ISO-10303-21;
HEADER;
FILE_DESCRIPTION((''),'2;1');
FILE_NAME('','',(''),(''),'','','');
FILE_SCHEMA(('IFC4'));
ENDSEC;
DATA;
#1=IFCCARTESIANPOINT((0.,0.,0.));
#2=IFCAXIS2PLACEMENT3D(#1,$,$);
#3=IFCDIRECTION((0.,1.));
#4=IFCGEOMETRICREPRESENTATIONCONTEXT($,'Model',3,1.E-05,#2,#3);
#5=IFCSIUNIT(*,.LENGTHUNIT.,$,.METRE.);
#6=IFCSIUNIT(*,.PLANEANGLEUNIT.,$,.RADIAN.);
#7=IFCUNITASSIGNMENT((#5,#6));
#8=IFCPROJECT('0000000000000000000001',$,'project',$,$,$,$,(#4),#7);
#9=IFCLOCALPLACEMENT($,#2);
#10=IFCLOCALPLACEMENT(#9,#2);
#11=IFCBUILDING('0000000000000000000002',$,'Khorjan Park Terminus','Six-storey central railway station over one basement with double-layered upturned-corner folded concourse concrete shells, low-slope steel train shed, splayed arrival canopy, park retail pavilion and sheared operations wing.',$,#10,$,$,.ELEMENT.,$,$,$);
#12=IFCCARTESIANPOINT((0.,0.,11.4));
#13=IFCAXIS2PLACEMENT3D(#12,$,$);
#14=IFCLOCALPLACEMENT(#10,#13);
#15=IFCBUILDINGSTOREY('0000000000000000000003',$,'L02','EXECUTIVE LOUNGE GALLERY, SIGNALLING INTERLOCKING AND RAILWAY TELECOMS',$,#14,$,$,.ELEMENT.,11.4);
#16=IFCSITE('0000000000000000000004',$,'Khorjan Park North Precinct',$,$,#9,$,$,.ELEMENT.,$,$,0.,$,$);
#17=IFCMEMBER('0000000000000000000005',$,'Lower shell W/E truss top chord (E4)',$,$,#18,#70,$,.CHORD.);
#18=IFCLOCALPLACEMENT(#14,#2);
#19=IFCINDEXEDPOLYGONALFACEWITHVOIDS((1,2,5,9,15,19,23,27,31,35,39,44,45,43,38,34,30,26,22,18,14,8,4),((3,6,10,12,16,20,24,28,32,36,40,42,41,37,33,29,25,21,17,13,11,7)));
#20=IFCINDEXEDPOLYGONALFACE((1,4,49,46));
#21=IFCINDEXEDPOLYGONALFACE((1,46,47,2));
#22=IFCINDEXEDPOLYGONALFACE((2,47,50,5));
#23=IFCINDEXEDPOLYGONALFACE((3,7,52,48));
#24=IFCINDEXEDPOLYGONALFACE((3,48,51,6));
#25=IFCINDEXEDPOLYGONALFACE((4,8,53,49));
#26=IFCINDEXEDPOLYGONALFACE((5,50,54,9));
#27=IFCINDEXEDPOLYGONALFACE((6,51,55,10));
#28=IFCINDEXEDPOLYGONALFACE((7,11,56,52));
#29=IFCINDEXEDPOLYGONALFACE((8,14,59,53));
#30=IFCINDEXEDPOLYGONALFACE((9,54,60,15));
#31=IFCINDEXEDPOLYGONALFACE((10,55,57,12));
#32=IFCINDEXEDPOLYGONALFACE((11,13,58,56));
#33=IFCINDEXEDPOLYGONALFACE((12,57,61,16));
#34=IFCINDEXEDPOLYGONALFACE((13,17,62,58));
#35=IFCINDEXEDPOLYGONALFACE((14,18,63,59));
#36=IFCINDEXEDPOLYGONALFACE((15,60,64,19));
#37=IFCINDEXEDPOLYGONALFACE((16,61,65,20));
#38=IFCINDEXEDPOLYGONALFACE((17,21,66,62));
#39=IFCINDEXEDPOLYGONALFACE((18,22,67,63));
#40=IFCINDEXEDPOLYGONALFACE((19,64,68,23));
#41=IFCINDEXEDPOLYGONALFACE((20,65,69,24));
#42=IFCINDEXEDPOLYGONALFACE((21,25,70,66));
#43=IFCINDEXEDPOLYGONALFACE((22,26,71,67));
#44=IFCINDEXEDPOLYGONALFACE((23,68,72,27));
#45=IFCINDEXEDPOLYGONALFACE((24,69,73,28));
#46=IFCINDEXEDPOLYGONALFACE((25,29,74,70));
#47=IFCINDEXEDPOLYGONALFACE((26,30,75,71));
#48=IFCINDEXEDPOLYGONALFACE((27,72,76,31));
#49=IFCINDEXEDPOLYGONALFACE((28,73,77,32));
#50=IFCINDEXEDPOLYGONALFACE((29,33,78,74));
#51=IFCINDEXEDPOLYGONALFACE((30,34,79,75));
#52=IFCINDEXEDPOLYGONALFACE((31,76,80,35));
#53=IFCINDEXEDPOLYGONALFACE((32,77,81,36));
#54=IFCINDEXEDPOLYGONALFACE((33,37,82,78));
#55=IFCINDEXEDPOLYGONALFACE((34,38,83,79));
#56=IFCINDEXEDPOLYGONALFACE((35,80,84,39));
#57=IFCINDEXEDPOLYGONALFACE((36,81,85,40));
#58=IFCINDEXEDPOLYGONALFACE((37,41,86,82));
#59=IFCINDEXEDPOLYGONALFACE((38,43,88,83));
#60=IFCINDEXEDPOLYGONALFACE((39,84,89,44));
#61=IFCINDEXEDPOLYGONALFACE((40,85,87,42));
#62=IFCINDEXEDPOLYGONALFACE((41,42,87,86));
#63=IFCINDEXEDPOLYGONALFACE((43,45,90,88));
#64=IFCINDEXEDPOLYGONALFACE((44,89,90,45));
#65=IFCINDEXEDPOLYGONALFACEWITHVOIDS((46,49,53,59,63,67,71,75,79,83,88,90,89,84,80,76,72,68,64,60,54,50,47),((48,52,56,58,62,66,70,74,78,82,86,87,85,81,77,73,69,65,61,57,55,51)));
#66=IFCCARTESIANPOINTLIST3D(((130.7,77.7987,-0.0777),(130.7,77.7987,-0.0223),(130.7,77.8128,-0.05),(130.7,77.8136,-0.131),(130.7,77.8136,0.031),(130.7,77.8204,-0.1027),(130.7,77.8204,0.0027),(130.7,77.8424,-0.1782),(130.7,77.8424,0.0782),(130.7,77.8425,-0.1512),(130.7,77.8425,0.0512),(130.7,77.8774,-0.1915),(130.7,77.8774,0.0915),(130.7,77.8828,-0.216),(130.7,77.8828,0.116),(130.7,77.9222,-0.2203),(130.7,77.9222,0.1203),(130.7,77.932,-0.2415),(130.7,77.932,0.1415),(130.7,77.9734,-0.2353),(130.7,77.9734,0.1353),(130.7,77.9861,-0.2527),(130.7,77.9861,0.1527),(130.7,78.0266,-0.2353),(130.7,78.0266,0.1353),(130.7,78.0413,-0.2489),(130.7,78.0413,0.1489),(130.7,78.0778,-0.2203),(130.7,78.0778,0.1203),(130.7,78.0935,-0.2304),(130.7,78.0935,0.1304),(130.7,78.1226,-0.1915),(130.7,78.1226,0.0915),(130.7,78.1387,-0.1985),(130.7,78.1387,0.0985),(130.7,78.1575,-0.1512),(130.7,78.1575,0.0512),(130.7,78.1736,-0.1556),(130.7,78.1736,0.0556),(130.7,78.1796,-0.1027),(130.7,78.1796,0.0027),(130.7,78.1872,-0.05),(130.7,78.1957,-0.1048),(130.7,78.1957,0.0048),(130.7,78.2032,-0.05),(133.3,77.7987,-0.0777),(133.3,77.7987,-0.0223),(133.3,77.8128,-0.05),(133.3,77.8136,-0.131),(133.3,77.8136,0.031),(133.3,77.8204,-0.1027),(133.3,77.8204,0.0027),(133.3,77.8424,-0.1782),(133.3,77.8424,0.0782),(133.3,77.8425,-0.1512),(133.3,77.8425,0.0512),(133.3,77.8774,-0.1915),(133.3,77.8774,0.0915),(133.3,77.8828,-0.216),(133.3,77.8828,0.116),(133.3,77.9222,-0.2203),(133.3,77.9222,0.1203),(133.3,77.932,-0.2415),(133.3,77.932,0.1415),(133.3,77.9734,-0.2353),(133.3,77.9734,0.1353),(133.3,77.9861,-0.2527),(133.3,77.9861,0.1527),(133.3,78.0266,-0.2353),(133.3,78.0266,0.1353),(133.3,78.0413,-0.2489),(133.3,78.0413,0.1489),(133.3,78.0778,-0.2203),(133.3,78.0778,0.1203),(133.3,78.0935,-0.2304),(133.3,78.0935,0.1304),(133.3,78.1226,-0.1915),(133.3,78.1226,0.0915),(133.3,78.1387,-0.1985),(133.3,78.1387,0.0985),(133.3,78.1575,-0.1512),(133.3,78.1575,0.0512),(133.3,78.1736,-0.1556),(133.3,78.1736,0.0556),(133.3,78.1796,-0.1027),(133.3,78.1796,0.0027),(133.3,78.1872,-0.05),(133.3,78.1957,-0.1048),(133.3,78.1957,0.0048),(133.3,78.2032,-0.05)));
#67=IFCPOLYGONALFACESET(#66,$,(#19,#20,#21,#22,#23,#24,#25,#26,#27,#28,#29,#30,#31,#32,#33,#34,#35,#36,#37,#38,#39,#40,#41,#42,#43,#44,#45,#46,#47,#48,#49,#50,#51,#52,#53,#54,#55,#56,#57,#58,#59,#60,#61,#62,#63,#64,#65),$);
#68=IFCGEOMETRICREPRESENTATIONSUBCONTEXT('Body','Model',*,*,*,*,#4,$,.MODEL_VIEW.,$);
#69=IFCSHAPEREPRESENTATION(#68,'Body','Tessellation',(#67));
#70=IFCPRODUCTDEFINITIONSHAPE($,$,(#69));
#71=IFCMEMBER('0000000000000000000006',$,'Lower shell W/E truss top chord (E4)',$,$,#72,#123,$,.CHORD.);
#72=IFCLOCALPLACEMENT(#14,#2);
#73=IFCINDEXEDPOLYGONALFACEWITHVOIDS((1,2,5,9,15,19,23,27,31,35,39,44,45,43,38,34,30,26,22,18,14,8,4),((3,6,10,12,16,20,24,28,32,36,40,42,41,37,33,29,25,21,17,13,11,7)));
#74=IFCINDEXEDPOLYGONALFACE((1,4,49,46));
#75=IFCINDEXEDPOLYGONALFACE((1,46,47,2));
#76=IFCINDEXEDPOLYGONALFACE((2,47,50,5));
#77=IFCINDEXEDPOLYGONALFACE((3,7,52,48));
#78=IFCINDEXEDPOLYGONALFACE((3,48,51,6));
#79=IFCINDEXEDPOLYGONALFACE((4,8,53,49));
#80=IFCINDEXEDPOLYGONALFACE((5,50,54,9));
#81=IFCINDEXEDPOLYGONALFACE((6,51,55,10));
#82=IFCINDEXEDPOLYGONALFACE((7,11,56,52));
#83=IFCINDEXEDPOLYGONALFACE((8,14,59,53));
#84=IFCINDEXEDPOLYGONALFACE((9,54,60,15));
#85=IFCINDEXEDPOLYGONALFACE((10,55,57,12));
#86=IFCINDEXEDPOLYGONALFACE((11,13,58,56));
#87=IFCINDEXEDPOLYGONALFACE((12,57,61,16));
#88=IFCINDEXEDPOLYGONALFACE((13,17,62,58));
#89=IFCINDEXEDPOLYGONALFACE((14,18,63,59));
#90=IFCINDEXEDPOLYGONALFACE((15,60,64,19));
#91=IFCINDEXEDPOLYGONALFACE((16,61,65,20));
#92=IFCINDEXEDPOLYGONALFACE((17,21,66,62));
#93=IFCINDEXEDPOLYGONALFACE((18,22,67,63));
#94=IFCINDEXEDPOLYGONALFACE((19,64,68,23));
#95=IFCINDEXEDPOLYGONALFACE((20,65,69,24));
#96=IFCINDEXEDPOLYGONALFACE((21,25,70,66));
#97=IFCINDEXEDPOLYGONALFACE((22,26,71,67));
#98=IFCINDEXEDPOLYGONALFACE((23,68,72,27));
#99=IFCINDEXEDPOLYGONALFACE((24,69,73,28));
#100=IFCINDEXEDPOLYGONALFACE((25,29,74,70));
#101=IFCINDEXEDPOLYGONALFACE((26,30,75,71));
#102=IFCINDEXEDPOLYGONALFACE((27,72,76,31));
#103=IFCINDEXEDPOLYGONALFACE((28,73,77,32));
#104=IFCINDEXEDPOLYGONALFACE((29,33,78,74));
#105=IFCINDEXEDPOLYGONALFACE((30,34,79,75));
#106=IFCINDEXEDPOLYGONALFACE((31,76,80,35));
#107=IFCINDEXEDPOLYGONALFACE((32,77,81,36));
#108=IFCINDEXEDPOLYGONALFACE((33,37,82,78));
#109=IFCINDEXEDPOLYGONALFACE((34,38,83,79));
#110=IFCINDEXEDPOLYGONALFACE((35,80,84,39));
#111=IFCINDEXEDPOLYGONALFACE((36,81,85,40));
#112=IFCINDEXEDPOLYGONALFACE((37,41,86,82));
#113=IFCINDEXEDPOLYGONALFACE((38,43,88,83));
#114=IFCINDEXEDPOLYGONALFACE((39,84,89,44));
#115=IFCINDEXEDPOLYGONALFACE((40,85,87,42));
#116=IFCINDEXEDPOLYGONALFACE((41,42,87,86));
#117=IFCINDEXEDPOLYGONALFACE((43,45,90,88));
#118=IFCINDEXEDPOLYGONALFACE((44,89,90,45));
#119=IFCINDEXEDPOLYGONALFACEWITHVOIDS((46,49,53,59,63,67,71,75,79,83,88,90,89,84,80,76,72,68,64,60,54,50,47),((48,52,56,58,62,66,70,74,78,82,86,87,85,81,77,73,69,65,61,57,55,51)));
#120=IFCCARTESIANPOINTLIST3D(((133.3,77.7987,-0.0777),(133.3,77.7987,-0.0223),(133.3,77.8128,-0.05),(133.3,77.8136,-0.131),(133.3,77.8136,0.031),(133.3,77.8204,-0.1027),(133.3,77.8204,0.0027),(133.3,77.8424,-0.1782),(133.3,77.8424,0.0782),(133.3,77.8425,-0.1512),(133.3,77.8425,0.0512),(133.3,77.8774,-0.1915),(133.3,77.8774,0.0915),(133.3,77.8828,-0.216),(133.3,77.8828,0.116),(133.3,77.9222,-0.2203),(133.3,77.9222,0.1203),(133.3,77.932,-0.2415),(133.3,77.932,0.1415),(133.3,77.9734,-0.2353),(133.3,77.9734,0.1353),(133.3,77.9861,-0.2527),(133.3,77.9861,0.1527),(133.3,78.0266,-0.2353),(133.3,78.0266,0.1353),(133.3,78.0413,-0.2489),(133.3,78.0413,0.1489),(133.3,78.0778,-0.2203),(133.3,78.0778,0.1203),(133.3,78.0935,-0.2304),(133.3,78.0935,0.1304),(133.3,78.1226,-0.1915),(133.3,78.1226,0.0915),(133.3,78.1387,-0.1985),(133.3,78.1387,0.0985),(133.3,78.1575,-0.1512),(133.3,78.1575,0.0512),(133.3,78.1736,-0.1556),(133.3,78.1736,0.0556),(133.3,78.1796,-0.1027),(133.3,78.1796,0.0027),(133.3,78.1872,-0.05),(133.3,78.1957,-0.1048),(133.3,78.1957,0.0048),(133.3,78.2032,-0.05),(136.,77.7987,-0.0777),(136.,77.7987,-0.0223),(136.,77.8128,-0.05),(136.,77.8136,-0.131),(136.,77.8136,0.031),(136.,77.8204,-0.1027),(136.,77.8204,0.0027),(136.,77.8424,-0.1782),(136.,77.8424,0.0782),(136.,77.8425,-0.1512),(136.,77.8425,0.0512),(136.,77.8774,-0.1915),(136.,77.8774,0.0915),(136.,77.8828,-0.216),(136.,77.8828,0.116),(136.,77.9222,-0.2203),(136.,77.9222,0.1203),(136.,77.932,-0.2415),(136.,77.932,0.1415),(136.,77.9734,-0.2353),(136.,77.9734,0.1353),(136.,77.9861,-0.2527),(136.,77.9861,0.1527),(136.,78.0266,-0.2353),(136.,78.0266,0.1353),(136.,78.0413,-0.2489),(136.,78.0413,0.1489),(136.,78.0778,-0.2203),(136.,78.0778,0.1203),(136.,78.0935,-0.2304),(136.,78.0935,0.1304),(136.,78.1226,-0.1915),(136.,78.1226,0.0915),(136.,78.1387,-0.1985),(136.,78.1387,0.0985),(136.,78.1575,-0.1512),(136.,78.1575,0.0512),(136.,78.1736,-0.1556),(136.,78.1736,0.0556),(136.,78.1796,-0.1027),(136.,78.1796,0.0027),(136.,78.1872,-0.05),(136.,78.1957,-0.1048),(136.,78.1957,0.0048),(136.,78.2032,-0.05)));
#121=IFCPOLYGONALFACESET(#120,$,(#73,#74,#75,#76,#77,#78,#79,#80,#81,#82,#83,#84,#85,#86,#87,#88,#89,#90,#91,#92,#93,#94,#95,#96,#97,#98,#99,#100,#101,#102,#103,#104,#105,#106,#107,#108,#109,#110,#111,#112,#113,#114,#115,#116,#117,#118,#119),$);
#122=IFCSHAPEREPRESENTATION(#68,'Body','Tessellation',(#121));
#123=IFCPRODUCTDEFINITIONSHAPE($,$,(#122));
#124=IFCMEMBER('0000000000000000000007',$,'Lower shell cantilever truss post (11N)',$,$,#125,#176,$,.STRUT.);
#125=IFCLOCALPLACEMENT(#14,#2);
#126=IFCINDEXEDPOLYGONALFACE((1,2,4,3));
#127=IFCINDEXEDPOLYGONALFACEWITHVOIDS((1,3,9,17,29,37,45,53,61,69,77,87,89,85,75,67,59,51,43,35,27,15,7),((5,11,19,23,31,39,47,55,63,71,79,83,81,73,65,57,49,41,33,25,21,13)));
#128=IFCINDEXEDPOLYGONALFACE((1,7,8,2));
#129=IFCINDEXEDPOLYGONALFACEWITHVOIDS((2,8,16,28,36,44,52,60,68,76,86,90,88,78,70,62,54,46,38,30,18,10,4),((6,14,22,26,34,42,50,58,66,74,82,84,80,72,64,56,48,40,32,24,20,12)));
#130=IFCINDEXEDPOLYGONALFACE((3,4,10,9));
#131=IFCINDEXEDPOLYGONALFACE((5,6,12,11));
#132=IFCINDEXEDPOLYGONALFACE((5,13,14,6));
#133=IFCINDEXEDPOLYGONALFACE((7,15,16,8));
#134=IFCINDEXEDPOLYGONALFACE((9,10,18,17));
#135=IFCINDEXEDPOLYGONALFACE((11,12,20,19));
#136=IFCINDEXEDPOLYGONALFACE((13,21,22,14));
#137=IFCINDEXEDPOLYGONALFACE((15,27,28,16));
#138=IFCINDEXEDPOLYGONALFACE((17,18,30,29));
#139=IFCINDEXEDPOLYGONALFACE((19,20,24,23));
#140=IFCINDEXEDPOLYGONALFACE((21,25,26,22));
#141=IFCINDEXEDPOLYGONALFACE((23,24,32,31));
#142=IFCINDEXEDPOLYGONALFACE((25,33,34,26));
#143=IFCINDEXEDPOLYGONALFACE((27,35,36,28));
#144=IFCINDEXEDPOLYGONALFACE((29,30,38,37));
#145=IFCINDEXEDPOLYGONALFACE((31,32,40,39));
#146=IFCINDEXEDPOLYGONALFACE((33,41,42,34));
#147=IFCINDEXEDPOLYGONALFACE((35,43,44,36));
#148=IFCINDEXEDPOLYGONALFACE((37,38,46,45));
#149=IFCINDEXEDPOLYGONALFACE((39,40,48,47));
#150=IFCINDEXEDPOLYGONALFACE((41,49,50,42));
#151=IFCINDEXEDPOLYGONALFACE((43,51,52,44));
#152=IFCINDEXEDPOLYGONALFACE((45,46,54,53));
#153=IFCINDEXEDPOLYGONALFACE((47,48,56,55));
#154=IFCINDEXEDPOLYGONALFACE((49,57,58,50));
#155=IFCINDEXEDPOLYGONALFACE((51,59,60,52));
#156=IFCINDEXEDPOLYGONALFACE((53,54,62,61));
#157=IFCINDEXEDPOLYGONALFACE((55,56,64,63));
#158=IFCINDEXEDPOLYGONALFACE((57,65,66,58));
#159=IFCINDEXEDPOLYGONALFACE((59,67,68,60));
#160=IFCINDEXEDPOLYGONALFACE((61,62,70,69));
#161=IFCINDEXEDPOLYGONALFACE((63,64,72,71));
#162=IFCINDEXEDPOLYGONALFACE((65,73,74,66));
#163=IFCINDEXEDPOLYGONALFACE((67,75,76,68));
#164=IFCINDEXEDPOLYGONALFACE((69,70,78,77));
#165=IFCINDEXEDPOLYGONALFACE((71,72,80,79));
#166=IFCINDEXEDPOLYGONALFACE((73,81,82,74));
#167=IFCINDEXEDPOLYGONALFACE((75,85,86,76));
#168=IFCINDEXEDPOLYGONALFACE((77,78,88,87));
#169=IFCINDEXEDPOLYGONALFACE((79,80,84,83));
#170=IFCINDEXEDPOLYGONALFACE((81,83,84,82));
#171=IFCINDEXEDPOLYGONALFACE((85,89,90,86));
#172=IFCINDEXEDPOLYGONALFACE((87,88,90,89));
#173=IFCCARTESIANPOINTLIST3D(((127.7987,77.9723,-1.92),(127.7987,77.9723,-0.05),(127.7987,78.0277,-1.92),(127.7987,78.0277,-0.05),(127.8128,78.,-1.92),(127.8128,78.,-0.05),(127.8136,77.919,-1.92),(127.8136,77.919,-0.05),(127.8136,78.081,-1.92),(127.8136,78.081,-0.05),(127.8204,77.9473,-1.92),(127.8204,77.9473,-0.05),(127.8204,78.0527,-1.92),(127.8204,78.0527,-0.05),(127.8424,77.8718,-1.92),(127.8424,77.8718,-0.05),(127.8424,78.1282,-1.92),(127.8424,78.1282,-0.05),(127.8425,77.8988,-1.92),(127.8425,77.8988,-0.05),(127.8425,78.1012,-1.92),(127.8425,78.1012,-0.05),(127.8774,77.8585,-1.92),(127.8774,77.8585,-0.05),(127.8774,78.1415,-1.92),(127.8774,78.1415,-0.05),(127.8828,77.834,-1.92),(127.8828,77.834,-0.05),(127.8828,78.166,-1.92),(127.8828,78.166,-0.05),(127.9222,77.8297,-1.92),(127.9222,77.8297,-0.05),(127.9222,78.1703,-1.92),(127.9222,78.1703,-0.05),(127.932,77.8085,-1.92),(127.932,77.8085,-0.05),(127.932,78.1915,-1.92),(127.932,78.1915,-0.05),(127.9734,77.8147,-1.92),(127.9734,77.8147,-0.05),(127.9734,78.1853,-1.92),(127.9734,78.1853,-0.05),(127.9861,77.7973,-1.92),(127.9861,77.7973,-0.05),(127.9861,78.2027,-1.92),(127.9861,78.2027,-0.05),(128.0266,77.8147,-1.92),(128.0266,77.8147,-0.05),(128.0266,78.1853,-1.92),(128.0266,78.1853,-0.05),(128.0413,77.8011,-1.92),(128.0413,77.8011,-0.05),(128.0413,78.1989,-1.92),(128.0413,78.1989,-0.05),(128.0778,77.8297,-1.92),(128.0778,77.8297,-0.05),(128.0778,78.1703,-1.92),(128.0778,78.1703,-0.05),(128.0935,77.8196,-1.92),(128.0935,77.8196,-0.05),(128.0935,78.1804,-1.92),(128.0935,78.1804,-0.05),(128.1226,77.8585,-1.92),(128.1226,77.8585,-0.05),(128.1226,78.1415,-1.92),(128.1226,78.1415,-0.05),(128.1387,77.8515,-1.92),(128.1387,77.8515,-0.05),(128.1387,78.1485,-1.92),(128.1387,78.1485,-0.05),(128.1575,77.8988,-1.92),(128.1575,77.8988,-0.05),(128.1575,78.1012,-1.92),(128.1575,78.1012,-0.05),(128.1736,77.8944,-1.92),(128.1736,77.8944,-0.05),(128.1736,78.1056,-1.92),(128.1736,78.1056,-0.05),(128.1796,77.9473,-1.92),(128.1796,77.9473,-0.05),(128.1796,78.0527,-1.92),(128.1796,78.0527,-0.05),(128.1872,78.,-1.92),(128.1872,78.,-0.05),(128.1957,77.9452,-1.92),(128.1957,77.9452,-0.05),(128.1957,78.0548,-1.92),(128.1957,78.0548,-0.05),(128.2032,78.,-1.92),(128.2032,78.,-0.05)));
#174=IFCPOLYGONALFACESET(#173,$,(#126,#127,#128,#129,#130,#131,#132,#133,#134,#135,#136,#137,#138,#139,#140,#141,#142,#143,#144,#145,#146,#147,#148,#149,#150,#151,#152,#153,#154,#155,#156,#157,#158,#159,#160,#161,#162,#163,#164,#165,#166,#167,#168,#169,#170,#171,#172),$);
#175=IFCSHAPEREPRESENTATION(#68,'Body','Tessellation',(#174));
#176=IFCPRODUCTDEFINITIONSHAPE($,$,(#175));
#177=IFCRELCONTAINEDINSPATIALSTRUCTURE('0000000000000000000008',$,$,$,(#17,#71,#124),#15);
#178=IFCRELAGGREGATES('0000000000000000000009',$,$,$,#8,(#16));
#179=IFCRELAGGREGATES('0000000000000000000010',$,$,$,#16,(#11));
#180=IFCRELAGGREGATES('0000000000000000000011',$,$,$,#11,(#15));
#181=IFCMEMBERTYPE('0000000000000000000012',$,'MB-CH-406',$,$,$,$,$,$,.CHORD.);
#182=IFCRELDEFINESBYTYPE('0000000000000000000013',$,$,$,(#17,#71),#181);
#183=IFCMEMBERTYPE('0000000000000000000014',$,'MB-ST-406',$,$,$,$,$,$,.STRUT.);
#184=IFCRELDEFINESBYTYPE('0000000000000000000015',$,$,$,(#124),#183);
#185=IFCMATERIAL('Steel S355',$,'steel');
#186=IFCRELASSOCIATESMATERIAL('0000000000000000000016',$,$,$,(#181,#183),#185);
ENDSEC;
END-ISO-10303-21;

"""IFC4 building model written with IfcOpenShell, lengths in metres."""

from ifc_helpers import new_model, si_unit, direction, frame, origin, origin_2d, place, context, subcontext, project, spatial, hollow_circle, extrude, material, material_profile, profile_set, type_object, element, save


model = new_model("IFC4")

# Units and contexts
model_context = context("Model", 3, precision=1e-05, world=origin(), true_north=direction((0.0, 1.0)))
body_context = subcontext(model_context, "Body", "Model", "MODEL_VIEW")
ifc_project = project(units=[si_unit("LENGTHUNIT", "METRE"), si_unit("PLANEANGLEUNIT", "RADIAN")], contexts=[model_context])

# Site, building, storey
site_placement = place(None, origin())
site = spatial("IfcSite", under=ifc_project, at=site_placement, Name="Khorjan Park North Precinct", CompositionType="ELEMENT", RefElevation=0.0)
building_placement = place(site_placement, origin())
building = spatial("IfcBuilding", under=site, at=building_placement, Name="Khorjan Park Terminus", Description="Six-storey central railway station over one basement with double-layered upturned-corner folded concourse concrete shells, low-slope steel train shed, splayed arrival canopy, park retail pavilion and sheared operations wing.", CompositionType="ELEMENT")
storey_placement = place(building_placement, frame((0.0, 0.0, 11.4)))
storey = spatial("IfcBuildingStorey", under=building, at=storey_placement, Name="L02", Description="EXECUTIVE LOUNGE GALLERY, SIGNALLING INTERLOCKING AND RAILWAY TELECOMS", CompositionType="ELEMENT", Elevation=11.4)

# Shared definitions
ifc_material_1 = material(Name="Steel S355", Category="steel")

# Members
ifc_material_profile_1 = material_profile(ifc_material_1, hollow_circle(Radius=0.2032, WallThickness=0.016, at=origin_2d()), Name="CHS 406.4x16")
ifc_profile_set_1 = profile_set([ifc_material_profile_1], Name="Steel S355")
member_type_1 = type_object("IfcMemberType", Name="MB-CH-406", PredefinedType="CHORD", material=ifc_profile_set_1)
member_1_placement = place(storey_placement, frame((130.7, 78.0, -0.05), z_axis=(1.0, 0.0, 0.0), x_axis=(0.0, 1.0, 0.0)))
element("IfcMember", 1, at=member_1_placement, inside=storey, type_object=member_type_1, Name="Lower shell W/E truss top chord (E4)", PredefinedType="CHORD", context=body_context, shape_type="SweptSolid", body=[
    extrude(hollow_circle(Radius=0.2032, WallThickness=0.016, at=origin_2d()), origin(), (0.0, 0.0, 1.0), 2.6),
])
member_2_placement = place(storey_placement, frame((133.3, 78.0, -0.05), z_axis=(1.0, 0.0, 0.0), x_axis=(0.0, 1.0, 0.0)))
element("IfcMember", 2, at=member_2_placement, inside=storey, type_object=member_type_1, Name="Lower shell W/E truss top chord (E4)", PredefinedType="CHORD", context=body_context, shape_type="SweptSolid", body=[
    extrude(hollow_circle(Radius=0.2032, WallThickness=0.016, at=origin_2d()), origin(), (0.0, 0.0, 1.0), 2.7),
])
ifc_material_profile_2 = material_profile(ifc_material_1, hollow_circle(Radius=0.2032, WallThickness=0.016, at=origin_2d()), Name="CHS 406.4x16")
ifc_profile_set_2 = profile_set([ifc_material_profile_2], Name="Steel S355")
member_type_2 = type_object("IfcMemberType", Name="MB-ST-406", PredefinedType="STRUT", material=ifc_profile_set_2)
for number, where, z_axis, x_axis, name in (
    (3, (128.0, 78.0, -1.92), (0.0, 0.0, 1.0), (1.0, 0.0, 0.0), "Lower shell cantilever truss post (11N)"),
):
    element("IfcMember", number, at=place(storey_placement, frame(where, z_axis=z_axis, x_axis=x_axis)), inside=storey, type_object=member_type_2, Name=name, PredefinedType="STRUT", context=body_context, shape_type="SweptSolid", body=[
        extrude(hollow_circle(Radius=0.2032, WallThickness=0.016, at=origin_2d()), origin(), (0.0, 0.0, 1.0), 1.87),
    ])

save(model, "model.ifc")
